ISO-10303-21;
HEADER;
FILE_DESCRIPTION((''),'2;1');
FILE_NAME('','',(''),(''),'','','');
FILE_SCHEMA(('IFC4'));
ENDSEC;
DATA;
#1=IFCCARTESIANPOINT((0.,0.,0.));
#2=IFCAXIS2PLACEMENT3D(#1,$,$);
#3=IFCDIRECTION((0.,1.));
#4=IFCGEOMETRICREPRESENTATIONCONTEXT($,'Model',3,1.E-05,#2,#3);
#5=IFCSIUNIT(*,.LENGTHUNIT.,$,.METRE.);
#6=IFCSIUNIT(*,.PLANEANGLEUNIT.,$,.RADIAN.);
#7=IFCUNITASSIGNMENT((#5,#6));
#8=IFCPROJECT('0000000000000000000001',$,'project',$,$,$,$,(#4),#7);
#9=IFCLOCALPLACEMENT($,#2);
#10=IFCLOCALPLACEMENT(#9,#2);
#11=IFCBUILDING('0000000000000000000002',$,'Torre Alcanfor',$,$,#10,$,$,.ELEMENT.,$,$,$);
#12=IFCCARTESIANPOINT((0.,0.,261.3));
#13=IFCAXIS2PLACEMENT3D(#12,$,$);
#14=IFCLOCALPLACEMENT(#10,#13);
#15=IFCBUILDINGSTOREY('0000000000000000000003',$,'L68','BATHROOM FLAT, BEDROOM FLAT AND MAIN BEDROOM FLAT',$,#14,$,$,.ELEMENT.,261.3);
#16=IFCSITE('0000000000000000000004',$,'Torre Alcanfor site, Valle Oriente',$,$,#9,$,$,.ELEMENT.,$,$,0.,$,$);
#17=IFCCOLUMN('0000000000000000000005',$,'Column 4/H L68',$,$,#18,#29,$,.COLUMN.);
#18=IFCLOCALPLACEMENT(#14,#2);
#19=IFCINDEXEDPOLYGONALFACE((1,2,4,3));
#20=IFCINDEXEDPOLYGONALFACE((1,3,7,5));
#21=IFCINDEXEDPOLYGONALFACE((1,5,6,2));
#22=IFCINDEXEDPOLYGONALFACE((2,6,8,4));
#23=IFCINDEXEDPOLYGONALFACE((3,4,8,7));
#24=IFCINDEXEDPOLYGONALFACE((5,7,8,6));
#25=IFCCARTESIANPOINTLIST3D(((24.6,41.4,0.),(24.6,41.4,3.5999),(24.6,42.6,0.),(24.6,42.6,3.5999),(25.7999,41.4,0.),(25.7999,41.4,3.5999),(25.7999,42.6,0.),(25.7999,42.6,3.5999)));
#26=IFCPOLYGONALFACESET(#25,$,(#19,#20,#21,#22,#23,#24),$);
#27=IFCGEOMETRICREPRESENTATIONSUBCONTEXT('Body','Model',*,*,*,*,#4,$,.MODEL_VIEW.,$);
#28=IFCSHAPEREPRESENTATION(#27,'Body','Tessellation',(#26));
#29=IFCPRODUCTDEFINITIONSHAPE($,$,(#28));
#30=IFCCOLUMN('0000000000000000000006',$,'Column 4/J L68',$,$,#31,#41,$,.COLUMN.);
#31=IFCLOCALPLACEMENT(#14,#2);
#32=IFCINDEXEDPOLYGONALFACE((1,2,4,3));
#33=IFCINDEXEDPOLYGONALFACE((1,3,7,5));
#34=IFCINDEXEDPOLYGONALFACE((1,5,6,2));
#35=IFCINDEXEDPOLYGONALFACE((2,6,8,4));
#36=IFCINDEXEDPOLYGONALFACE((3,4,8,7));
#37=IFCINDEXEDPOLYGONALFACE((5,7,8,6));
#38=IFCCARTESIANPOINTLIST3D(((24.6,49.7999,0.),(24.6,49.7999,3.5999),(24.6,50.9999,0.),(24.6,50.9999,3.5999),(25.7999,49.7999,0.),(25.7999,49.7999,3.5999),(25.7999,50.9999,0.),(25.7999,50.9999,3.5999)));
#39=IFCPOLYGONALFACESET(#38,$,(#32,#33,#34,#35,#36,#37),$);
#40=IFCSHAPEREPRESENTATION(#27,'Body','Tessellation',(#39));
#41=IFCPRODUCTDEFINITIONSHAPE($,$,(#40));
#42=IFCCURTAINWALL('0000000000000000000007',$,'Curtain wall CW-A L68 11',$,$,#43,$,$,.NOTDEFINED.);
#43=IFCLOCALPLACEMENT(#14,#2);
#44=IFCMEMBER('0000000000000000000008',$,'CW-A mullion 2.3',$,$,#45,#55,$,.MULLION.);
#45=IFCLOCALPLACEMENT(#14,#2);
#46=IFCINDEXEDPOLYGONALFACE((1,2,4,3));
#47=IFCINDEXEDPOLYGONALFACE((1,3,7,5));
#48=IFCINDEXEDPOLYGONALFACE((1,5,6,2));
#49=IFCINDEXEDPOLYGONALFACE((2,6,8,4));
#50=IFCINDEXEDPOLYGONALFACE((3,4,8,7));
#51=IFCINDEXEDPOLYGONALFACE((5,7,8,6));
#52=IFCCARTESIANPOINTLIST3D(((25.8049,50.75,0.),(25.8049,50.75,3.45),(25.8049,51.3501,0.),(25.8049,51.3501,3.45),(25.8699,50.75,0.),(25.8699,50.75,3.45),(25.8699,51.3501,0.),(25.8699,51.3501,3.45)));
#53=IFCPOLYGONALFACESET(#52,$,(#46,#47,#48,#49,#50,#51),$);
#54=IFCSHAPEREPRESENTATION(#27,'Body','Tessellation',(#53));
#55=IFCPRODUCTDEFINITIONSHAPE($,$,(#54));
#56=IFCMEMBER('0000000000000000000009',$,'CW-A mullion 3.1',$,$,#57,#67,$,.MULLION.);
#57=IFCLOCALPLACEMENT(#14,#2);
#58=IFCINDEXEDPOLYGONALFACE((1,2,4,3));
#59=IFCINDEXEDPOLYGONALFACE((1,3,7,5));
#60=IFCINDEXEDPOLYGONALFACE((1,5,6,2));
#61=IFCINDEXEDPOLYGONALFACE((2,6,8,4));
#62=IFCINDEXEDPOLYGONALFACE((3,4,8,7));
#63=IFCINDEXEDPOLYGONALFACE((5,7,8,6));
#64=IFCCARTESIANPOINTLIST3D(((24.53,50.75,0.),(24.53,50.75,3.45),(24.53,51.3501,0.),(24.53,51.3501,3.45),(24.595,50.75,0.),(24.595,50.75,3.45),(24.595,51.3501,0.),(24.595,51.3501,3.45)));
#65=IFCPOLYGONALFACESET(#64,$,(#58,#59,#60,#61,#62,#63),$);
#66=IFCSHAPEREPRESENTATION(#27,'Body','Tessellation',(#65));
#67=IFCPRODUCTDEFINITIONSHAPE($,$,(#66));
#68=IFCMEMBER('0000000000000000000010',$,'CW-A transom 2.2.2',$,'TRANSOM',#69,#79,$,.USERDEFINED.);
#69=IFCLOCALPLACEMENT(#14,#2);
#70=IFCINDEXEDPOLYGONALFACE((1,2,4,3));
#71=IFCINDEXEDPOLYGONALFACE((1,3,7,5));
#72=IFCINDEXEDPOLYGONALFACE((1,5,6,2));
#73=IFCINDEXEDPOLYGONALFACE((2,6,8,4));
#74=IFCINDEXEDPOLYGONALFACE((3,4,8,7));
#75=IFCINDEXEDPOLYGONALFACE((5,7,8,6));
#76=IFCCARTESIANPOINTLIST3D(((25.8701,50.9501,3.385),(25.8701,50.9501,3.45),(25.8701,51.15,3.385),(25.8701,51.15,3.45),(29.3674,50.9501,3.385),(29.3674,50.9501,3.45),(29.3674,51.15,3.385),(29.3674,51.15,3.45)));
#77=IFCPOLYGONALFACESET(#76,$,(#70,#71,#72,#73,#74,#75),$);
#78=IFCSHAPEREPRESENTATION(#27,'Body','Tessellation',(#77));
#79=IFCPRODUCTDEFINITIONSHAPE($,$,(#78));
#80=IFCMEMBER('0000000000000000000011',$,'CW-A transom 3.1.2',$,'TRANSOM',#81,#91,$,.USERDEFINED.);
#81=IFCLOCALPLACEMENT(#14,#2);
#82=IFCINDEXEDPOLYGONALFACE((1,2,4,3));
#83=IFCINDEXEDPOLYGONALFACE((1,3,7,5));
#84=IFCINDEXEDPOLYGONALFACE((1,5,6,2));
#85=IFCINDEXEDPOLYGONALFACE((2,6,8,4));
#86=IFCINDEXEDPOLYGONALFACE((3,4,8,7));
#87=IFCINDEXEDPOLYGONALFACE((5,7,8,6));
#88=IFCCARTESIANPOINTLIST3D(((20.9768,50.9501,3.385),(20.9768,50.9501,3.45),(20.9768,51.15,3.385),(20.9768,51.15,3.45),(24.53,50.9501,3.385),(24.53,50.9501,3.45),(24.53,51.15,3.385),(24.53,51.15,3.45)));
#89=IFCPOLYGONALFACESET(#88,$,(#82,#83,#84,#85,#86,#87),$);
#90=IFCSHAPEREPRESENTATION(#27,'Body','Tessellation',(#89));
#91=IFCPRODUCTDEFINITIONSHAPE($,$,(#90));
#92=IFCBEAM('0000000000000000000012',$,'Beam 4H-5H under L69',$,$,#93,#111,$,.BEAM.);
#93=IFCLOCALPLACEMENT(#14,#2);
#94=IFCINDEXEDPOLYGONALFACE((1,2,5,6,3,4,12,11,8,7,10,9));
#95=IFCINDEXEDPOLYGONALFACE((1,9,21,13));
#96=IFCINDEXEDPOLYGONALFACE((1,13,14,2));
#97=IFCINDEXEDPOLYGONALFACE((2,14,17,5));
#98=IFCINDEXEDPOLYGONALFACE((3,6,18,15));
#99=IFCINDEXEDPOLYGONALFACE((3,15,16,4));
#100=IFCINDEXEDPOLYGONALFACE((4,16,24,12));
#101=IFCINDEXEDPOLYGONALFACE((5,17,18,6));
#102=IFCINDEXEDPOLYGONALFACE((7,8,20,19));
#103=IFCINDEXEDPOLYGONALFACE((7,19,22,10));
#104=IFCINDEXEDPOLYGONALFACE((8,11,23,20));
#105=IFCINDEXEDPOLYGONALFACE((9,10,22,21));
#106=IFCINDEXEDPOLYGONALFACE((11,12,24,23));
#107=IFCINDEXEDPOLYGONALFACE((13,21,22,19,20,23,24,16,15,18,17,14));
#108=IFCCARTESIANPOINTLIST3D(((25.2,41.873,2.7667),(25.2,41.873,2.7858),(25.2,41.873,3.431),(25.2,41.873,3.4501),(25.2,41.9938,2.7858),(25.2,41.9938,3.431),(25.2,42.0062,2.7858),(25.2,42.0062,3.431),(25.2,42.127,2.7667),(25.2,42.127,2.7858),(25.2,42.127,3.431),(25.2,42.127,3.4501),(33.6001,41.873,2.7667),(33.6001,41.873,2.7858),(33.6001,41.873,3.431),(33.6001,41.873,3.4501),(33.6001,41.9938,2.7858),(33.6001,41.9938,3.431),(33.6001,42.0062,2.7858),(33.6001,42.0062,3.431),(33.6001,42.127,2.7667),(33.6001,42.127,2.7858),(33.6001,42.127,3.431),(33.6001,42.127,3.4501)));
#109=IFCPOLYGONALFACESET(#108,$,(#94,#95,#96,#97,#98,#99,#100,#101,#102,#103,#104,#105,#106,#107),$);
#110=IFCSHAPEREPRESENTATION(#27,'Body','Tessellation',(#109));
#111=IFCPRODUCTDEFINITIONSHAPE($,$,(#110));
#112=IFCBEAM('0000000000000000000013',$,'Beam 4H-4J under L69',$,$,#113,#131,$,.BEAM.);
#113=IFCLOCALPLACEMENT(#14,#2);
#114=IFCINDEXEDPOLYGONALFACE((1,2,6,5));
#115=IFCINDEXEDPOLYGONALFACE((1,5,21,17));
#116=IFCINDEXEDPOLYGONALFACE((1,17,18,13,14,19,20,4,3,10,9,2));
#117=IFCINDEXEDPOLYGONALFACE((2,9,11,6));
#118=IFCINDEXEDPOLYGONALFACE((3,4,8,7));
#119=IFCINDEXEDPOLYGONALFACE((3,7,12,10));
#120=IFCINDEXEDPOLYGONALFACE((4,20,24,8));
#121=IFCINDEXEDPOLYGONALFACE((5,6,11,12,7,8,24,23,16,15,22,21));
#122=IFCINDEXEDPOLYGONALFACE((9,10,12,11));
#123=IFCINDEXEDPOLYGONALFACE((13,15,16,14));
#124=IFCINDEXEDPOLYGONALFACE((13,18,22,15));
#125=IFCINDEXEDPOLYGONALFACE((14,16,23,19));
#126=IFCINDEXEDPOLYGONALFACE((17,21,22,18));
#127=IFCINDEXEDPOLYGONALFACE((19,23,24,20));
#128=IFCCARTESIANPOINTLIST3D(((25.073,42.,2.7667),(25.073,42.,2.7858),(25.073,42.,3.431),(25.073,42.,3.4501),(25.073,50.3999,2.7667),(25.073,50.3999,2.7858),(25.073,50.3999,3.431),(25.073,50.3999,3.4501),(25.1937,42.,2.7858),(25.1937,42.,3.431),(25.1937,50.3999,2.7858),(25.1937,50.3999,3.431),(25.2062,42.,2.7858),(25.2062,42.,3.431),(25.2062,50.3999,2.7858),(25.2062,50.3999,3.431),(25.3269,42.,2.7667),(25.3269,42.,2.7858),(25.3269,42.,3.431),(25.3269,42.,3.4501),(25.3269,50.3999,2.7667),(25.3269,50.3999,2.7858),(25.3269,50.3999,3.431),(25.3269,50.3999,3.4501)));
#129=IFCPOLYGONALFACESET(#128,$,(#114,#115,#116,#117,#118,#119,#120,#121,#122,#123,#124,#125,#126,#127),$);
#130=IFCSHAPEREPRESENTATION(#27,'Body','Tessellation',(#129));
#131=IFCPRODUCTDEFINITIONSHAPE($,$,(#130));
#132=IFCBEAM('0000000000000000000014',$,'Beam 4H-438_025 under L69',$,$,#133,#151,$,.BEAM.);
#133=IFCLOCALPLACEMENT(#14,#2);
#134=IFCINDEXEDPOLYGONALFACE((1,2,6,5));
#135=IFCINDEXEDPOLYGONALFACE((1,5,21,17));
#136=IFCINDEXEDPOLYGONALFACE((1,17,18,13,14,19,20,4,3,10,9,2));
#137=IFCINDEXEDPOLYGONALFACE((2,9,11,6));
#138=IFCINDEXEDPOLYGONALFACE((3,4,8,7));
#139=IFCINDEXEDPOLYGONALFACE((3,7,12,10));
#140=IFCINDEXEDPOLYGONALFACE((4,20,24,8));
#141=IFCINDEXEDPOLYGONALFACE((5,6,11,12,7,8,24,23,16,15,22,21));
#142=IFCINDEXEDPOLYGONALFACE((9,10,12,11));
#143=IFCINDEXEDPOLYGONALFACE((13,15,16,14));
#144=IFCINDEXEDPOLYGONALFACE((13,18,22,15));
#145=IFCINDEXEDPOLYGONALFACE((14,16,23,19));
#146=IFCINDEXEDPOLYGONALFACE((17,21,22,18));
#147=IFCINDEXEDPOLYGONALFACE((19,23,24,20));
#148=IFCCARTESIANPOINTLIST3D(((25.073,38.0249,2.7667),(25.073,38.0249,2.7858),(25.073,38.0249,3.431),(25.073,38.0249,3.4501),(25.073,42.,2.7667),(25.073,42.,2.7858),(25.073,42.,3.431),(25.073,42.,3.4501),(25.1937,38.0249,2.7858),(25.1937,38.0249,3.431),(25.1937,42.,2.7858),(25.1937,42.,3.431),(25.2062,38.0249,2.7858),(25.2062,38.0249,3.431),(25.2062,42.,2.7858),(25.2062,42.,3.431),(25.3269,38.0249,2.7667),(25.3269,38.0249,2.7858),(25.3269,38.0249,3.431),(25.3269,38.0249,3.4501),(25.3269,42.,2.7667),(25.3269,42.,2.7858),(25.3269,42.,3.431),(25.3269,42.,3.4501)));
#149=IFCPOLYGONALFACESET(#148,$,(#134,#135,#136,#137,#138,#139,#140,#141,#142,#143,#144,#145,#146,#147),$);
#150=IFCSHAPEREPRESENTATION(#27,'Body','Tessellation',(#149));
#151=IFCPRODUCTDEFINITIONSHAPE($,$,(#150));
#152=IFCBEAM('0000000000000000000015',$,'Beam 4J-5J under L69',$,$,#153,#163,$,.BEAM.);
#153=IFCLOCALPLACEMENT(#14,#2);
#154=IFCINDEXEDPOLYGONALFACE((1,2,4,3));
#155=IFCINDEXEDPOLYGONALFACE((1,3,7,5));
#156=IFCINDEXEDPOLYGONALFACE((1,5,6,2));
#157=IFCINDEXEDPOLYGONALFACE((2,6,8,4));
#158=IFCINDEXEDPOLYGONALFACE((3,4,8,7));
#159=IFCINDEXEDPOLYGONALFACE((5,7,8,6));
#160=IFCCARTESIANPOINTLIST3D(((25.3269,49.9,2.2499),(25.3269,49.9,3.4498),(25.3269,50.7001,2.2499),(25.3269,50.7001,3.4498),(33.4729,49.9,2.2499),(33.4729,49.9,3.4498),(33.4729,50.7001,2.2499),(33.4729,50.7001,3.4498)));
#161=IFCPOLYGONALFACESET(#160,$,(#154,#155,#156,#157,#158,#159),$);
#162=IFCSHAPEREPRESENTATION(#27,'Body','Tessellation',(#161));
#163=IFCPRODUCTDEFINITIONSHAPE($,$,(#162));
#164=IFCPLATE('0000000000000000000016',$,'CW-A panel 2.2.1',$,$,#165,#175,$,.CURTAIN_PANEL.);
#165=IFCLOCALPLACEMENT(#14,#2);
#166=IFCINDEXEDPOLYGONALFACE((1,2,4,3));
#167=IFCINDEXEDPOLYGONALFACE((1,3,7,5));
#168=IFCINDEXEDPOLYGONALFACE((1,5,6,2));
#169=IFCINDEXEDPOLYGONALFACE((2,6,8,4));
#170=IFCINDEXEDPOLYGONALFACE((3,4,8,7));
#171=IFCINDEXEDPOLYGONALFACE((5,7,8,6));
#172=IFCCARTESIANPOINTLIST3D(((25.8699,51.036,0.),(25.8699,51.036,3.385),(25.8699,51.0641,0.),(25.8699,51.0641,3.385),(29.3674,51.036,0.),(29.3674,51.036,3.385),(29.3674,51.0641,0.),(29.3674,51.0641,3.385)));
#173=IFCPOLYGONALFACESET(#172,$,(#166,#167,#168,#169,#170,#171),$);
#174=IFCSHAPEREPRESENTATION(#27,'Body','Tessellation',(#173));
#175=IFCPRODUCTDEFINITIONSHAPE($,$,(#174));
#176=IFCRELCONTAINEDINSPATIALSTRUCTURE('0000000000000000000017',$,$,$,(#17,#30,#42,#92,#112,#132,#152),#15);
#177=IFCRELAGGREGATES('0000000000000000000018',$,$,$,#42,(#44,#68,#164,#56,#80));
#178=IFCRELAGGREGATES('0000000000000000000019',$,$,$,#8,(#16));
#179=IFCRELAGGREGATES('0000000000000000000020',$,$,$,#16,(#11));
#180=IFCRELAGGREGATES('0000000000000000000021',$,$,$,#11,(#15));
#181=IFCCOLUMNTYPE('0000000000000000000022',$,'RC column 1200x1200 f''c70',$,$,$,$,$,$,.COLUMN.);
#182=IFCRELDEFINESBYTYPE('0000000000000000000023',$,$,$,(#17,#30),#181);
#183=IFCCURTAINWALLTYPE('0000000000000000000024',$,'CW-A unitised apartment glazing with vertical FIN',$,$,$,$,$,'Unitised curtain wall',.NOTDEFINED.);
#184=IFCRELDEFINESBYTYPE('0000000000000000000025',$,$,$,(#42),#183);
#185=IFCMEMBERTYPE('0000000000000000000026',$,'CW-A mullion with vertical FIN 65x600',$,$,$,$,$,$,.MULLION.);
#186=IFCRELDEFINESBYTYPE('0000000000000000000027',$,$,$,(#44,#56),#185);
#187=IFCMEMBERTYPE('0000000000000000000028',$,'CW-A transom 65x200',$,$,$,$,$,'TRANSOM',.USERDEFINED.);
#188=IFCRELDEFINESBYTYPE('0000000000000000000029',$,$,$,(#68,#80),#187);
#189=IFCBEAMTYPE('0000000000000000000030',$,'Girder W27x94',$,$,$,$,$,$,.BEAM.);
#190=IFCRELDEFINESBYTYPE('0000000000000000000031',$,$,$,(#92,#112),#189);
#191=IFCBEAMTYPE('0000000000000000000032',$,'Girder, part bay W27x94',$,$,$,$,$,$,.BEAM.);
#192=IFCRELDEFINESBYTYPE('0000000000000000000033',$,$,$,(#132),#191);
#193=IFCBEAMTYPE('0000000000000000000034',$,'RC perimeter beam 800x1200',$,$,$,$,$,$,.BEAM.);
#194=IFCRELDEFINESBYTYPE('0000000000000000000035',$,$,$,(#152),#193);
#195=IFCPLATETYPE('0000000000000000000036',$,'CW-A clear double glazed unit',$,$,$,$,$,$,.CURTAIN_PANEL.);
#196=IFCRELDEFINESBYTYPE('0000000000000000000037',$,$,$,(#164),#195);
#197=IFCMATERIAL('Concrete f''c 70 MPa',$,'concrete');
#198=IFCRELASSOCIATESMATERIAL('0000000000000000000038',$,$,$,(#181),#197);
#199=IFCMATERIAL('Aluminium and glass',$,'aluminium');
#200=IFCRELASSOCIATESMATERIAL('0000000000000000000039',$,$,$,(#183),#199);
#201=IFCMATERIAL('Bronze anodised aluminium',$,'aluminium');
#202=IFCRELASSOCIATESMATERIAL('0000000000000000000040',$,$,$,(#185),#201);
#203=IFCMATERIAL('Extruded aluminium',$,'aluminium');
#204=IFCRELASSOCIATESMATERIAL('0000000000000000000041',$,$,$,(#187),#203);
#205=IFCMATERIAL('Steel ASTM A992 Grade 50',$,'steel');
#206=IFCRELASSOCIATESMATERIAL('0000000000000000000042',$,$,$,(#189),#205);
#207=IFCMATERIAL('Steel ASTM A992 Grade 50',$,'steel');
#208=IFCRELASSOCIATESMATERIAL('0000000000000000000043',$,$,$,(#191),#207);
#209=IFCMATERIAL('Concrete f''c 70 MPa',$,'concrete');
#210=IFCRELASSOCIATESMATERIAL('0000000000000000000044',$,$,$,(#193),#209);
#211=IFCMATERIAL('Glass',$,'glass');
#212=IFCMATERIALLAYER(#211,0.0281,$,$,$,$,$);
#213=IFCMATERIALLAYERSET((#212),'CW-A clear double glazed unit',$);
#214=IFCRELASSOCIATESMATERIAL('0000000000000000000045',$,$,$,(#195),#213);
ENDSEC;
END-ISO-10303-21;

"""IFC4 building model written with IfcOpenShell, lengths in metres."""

from ifc_helpers import new_model, si_unit, direction, frame, origin, origin_2d, place, context, subcontext, project, spatial, rectangle, i_section, extrude, material, layer, layer_set, material_profile, profile_set, type_object, element, aggregate, save


model = new_model("IFC4")

# Units and contexts
model_context = context("Model", 3, precision=1e-05, world=origin(), true_north=direction((0.0, 1.0)))
body_context = subcontext(model_context, "Body", "Model", "MODEL_VIEW")
ifc_project = project(units=[si_unit("LENGTHUNIT", "METRE"), si_unit("PLANEANGLEUNIT", "RADIAN")], contexts=[model_context])

# Site, building, storey
site_placement = place(None, origin())
site = spatial("IfcSite", under=ifc_project, at=site_placement, Name="Torre Alcanfor site, Valle Oriente", CompositionType="ELEMENT", RefElevation=0.0)
building_placement = place(site_placement, origin())
building = spatial("IfcBuilding", under=site, at=building_placement, Name="Torre Alcanfor", CompositionType="ELEMENT")
storey_placement = place(building_placement, frame((0.0, 0.0, 261.3)))
storey = spatial("IfcBuildingStorey", under=building, at=storey_placement, Name="L68", Description="BATHROOM FLAT, BEDROOM FLAT AND MAIN BEDROOM FLAT", CompositionType="ELEMENT", Elevation=261.3)

# Columns
ifc_material_1 = material(Name="Concrete f'c 70 MPa", Category="concrete")
ifc_material_profile_1 = material_profile(ifc_material_1, rectangle(XDim=1.2, YDim=1.2, at=origin_2d()), Name="1200x1200")
ifc_profile_set_1 = profile_set([ifc_material_profile_1], Name="Concrete f'c 70 MPa")
column_type = type_object("IfcColumnType", Name="RC column 1200x1200 f'c70", PredefinedType="COLUMN", material=ifc_profile_set_1)
for number, where, z_axis, x_axis, name in (
    (1, (25.2, 42.0, 0.0), (0.0, 0.0, 1.0), (1.0, 0.0, 0.0), "Column 4/H L68"),
    (2, (25.2, 50.3999, 0.0), (0.0, 0.0, 1.0), (1.0, 0.0, 0.0), "Column 4/J L68"),
):
    element("IfcColumn", number, at=place(storey_placement, frame(where, z_axis=z_axis, x_axis=x_axis)), inside=storey, type_object=column_type, Name=name, PredefinedType="COLUMN", context=body_context, shape_type="SweptSolid", body=[
        extrude(rectangle(XDim=1.2, YDim=1.2, at=origin_2d()), origin(), (0.0, 0.0, 1.0), 3.5999),
    ])

# Curtain wall, members
ifc_material_2 = material(Name="Aluminium and glass", Category="aluminium")
curtain_wall_type = type_object("IfcCurtainWallType", Name="CW-A unitised apartment glazing with vertical FIN", ElementType="Unitised curtain wall", PredefinedType="NOTDEFINED", material=ifc_material_2)
curtain_wall_placement = place(storey_placement, origin())
curtain_wall = element("IfcCurtainWall", 3, at=curtain_wall_placement, inside=storey, type_object=curtain_wall_type, Name="Curtain wall CW-A L68 11", PredefinedType="NOTDEFINED")
ifc_material_3 = material(Name="Bronze anodised aluminium", Category="aluminium")
ifc_material_profile_2 = material_profile(ifc_material_3, rectangle(XDim=0.6001, YDim=0.0649, at=origin_2d()), Name="CW-A mullion 65x600")
ifc_profile_set_2 = profile_set([ifc_material_profile_2], Name="Bronze anodised aluminium")
member_type_1 = type_object("IfcMemberType", Name="CW-A mullion with vertical FIN 65x600", PredefinedType="MULLION", material=ifc_profile_set_2)
member_1_placement = place(storey_placement, frame((25.8374, 51.05, 0.0), z_axis=(0.0, 0.0, 1.0), x_axis=(0.0, -1.0, 0.0)))
member_1 = element("IfcMember", 4, at=member_1_placement, type_object=member_type_1, Name="CW-A mullion 2.3", PredefinedType="MULLION", context=body_context, shape_type="SweptSolid", body=[
    extrude(rectangle(XDim=0.6001, YDim=0.0649, at=origin_2d()), origin(), (0.0, 0.0, 1.0), 3.45),
])
member_2_placement = place(storey_placement, frame((24.5625, 51.05, 0.0), z_axis=(0.0, 0.0, 1.0), x_axis=(0.0, -1.0, 0.0)))
member_2 = element("IfcMember", 5, at=member_2_placement, type_object=member_type_1, Name="CW-A mullion 3.1", PredefinedType="MULLION", context=body_context, shape_type="SweptSolid", body=[
    extrude(rectangle(XDim=0.6001, YDim=0.0649, at=origin_2d()), origin(), (0.0, 0.0, 1.0), 3.45),
])
ifc_material_4 = material(Name="Extruded aluminium", Category="aluminium")
ifc_material_profile_3 = material_profile(ifc_material_4, rectangle(XDim=0.2, YDim=0.0649, at=origin_2d()), Name="CW-A transom 200x65")
ifc_profile_set_3 = profile_set([ifc_material_profile_3], Name="Extruded aluminium")
member_type_2 = type_object("IfcMemberType", Name="CW-A transom 65x200", ElementType="TRANSOM", PredefinedType="USERDEFINED", material=ifc_profile_set_3)
member_3_placement = place(storey_placement, frame((29.3674, 51.05, 3.4175), z_axis=(-1.0, 0.0, 0.0), x_axis=(0.0, -1.0, 0.0)))
member_3 = element("IfcMember", 6, at=member_3_placement, type_object=member_type_2, Name="CW-A transom 2.2.2", ObjectType="TRANSOM", PredefinedType="USERDEFINED", context=body_context, shape_type="SweptSolid", body=[
    extrude(rectangle(XDim=0.2, YDim=0.0649, at=origin_2d()), origin(), (0.0, 0.0, 1.0), 3.4973),
])
member_4_placement = place(storey_placement, frame((24.53, 51.05, 3.4175), z_axis=(-1.0, 0.0, 0.0), x_axis=(0.0, -1.0, 0.0)))
member_4 = element("IfcMember", 7, at=member_4_placement, type_object=member_type_2, Name="CW-A transom 3.1.2", ObjectType="TRANSOM", PredefinedType="USERDEFINED", context=body_context, shape_type="SweptSolid", body=[
    extrude(rectangle(XDim=0.2, YDim=0.0649, at=origin_2d()), origin(), (0.0, 0.0, 1.0), 3.5532),
])

# Beams
ifc_material_5 = material(Name="Steel ASTM A992 Grade 50", Category="steel")
ifc_material_profile_4 = material_profile(ifc_material_5, i_section(OverallWidth=0.2539, OverallDepth=0.6833, WebThickness=0.0125, FlangeThickness=0.019, at=origin_2d()), Name="W27x94")
ifc_profile_set_4 = profile_set([ifc_material_profile_4], Name="Steel ASTM A992 Grade 50")
beam_type_1 = type_object("IfcBeamType", Name="Girder W27x94", PredefinedType="BEAM", material=ifc_profile_set_4)
beam_1_placement = place(storey_placement, frame((25.2, 42.0, 3.1084), z_axis=(1.0, 0.0, 0.0), x_axis=(0.0, 1.0, 0.0)))
element("IfcBeam", 8, at=beam_1_placement, inside=storey, type_object=beam_type_1, Name="Beam 4H-5H under L69", PredefinedType="BEAM", context=body_context, shape_type="SweptSolid", body=[
    extrude(i_section(OverallWidth=0.2539, OverallDepth=0.6833, WebThickness=0.0125, FlangeThickness=0.019, at=origin_2d()), origin(), (0.0, 0.0, 1.0), 8.4001),
])
beam_2_placement = place(storey_placement, frame((25.2, 42.0, 3.1084), z_axis=(0.0, 1.0, 0.0), x_axis=(-1.0, 0.0, 0.0)))
element("IfcBeam", 9, at=beam_2_placement, inside=storey, type_object=beam_type_1, Name="Beam 4H-4J under L69", PredefinedType="BEAM", context=body_context, shape_type="SweptSolid", body=[
    extrude(i_section(OverallWidth=0.2539, OverallDepth=0.6833, WebThickness=0.0125, FlangeThickness=0.019, at=origin_2d()), origin(), (0.0, 0.0, 1.0), 8.3999),
])
ifc_material_6 = material(Name="Steel ASTM A992 Grade 50", Category="steel")
ifc_material_profile_5 = material_profile(ifc_material_6, i_section(OverallWidth=0.2539, OverallDepth=0.6833, WebThickness=0.0125, FlangeThickness=0.019, at=origin_2d()), Name="W27x94")
ifc_profile_set_5 = profile_set([ifc_material_profile_5], Name="Steel ASTM A992 Grade 50")
beam_type_2 = type_object("IfcBeamType", Name="Girder, part bay W27x94", PredefinedType="BEAM", material=ifc_profile_set_5)
beam_3_placement = place(storey_placement, frame((25.2, 42.0, 3.1084), z_axis=(0.0, -1.0, 0.0), x_axis=(1.0, 0.0, 0.0)))
element("IfcBeam", 10, at=beam_3_placement, inside=storey, type_object=beam_type_2, Name="Beam 4H-438_025 under L69", PredefinedType="BEAM", context=body_context, shape_type="SweptSolid", body=[
    extrude(i_section(OverallWidth=0.2539, OverallDepth=0.6833, WebThickness=0.0125, FlangeThickness=0.019, at=origin_2d()), origin(), (0.0, 0.0, 1.0), 3.9751),
])
ifc_material_7 = material(Name="Concrete f'c 70 MPa", Category="concrete")
ifc_material_profile_6 = material_profile(ifc_material_7, rectangle(XDim=0.8, YDim=1.2, at=origin_2d()), Name="800x1200")
ifc_profile_set_6 = profile_set([ifc_material_profile_6], Name="Concrete f'c 70 MPa")
beam_type_3 = type_object("IfcBeamType", Name="RC perimeter beam 800x1200", PredefinedType="BEAM", material=ifc_profile_set_6)
beam_4_placement = place(storey_placement, frame((25.3269, 50.3, 2.8499), z_axis=(1.0, 0.0, 0.0), x_axis=(0.0, 1.0, 0.0)))
element("IfcBeam", 11, at=beam_4_placement, inside=storey, type_object=beam_type_3, Name="Beam 4J-5J under L69", PredefinedType="BEAM", context=body_context, shape_type="SweptSolid", body=[
    extrude(rectangle(XDim=0.8, YDim=1.2, at=origin_2d()), origin(), (0.0, 0.0, 1.0), 8.146),
])

# Plate
ifc_material_8 = material(Name="Glass", Category="glass")
ifc_layer_1 = layer(ifc_material_8, 0.0281)
ifc_layer_set_1 = layer_set([ifc_layer_1], Name="CW-A clear double glazed unit")
plate_type = type_object("IfcPlateType", Name="CW-A clear double glazed unit", PredefinedType="CURTAIN_PANEL", material=ifc_layer_set_1)
plate_placement = place(storey_placement, frame((27.6187, 51.05, 0.0), z_axis=(0.0, 0.0, 1.0), x_axis=(-1.0, 0.0, 0.0)))
plate = element("IfcPlate", 12, at=plate_placement, type_object=plate_type, Name="CW-A panel 2.2.1", PredefinedType="CURTAIN_PANEL", context=body_context, shape_type="SweptSolid", body=[
    extrude(rectangle(XDim=3.4976, YDim=0.0281, at=origin_2d()), origin(), (0.0, 0.0, 1.0), 3.385),
])
aggregate(curtain_wall, [member_1, member_3, plate, member_2, member_4])

save(model, "model.ifc")
